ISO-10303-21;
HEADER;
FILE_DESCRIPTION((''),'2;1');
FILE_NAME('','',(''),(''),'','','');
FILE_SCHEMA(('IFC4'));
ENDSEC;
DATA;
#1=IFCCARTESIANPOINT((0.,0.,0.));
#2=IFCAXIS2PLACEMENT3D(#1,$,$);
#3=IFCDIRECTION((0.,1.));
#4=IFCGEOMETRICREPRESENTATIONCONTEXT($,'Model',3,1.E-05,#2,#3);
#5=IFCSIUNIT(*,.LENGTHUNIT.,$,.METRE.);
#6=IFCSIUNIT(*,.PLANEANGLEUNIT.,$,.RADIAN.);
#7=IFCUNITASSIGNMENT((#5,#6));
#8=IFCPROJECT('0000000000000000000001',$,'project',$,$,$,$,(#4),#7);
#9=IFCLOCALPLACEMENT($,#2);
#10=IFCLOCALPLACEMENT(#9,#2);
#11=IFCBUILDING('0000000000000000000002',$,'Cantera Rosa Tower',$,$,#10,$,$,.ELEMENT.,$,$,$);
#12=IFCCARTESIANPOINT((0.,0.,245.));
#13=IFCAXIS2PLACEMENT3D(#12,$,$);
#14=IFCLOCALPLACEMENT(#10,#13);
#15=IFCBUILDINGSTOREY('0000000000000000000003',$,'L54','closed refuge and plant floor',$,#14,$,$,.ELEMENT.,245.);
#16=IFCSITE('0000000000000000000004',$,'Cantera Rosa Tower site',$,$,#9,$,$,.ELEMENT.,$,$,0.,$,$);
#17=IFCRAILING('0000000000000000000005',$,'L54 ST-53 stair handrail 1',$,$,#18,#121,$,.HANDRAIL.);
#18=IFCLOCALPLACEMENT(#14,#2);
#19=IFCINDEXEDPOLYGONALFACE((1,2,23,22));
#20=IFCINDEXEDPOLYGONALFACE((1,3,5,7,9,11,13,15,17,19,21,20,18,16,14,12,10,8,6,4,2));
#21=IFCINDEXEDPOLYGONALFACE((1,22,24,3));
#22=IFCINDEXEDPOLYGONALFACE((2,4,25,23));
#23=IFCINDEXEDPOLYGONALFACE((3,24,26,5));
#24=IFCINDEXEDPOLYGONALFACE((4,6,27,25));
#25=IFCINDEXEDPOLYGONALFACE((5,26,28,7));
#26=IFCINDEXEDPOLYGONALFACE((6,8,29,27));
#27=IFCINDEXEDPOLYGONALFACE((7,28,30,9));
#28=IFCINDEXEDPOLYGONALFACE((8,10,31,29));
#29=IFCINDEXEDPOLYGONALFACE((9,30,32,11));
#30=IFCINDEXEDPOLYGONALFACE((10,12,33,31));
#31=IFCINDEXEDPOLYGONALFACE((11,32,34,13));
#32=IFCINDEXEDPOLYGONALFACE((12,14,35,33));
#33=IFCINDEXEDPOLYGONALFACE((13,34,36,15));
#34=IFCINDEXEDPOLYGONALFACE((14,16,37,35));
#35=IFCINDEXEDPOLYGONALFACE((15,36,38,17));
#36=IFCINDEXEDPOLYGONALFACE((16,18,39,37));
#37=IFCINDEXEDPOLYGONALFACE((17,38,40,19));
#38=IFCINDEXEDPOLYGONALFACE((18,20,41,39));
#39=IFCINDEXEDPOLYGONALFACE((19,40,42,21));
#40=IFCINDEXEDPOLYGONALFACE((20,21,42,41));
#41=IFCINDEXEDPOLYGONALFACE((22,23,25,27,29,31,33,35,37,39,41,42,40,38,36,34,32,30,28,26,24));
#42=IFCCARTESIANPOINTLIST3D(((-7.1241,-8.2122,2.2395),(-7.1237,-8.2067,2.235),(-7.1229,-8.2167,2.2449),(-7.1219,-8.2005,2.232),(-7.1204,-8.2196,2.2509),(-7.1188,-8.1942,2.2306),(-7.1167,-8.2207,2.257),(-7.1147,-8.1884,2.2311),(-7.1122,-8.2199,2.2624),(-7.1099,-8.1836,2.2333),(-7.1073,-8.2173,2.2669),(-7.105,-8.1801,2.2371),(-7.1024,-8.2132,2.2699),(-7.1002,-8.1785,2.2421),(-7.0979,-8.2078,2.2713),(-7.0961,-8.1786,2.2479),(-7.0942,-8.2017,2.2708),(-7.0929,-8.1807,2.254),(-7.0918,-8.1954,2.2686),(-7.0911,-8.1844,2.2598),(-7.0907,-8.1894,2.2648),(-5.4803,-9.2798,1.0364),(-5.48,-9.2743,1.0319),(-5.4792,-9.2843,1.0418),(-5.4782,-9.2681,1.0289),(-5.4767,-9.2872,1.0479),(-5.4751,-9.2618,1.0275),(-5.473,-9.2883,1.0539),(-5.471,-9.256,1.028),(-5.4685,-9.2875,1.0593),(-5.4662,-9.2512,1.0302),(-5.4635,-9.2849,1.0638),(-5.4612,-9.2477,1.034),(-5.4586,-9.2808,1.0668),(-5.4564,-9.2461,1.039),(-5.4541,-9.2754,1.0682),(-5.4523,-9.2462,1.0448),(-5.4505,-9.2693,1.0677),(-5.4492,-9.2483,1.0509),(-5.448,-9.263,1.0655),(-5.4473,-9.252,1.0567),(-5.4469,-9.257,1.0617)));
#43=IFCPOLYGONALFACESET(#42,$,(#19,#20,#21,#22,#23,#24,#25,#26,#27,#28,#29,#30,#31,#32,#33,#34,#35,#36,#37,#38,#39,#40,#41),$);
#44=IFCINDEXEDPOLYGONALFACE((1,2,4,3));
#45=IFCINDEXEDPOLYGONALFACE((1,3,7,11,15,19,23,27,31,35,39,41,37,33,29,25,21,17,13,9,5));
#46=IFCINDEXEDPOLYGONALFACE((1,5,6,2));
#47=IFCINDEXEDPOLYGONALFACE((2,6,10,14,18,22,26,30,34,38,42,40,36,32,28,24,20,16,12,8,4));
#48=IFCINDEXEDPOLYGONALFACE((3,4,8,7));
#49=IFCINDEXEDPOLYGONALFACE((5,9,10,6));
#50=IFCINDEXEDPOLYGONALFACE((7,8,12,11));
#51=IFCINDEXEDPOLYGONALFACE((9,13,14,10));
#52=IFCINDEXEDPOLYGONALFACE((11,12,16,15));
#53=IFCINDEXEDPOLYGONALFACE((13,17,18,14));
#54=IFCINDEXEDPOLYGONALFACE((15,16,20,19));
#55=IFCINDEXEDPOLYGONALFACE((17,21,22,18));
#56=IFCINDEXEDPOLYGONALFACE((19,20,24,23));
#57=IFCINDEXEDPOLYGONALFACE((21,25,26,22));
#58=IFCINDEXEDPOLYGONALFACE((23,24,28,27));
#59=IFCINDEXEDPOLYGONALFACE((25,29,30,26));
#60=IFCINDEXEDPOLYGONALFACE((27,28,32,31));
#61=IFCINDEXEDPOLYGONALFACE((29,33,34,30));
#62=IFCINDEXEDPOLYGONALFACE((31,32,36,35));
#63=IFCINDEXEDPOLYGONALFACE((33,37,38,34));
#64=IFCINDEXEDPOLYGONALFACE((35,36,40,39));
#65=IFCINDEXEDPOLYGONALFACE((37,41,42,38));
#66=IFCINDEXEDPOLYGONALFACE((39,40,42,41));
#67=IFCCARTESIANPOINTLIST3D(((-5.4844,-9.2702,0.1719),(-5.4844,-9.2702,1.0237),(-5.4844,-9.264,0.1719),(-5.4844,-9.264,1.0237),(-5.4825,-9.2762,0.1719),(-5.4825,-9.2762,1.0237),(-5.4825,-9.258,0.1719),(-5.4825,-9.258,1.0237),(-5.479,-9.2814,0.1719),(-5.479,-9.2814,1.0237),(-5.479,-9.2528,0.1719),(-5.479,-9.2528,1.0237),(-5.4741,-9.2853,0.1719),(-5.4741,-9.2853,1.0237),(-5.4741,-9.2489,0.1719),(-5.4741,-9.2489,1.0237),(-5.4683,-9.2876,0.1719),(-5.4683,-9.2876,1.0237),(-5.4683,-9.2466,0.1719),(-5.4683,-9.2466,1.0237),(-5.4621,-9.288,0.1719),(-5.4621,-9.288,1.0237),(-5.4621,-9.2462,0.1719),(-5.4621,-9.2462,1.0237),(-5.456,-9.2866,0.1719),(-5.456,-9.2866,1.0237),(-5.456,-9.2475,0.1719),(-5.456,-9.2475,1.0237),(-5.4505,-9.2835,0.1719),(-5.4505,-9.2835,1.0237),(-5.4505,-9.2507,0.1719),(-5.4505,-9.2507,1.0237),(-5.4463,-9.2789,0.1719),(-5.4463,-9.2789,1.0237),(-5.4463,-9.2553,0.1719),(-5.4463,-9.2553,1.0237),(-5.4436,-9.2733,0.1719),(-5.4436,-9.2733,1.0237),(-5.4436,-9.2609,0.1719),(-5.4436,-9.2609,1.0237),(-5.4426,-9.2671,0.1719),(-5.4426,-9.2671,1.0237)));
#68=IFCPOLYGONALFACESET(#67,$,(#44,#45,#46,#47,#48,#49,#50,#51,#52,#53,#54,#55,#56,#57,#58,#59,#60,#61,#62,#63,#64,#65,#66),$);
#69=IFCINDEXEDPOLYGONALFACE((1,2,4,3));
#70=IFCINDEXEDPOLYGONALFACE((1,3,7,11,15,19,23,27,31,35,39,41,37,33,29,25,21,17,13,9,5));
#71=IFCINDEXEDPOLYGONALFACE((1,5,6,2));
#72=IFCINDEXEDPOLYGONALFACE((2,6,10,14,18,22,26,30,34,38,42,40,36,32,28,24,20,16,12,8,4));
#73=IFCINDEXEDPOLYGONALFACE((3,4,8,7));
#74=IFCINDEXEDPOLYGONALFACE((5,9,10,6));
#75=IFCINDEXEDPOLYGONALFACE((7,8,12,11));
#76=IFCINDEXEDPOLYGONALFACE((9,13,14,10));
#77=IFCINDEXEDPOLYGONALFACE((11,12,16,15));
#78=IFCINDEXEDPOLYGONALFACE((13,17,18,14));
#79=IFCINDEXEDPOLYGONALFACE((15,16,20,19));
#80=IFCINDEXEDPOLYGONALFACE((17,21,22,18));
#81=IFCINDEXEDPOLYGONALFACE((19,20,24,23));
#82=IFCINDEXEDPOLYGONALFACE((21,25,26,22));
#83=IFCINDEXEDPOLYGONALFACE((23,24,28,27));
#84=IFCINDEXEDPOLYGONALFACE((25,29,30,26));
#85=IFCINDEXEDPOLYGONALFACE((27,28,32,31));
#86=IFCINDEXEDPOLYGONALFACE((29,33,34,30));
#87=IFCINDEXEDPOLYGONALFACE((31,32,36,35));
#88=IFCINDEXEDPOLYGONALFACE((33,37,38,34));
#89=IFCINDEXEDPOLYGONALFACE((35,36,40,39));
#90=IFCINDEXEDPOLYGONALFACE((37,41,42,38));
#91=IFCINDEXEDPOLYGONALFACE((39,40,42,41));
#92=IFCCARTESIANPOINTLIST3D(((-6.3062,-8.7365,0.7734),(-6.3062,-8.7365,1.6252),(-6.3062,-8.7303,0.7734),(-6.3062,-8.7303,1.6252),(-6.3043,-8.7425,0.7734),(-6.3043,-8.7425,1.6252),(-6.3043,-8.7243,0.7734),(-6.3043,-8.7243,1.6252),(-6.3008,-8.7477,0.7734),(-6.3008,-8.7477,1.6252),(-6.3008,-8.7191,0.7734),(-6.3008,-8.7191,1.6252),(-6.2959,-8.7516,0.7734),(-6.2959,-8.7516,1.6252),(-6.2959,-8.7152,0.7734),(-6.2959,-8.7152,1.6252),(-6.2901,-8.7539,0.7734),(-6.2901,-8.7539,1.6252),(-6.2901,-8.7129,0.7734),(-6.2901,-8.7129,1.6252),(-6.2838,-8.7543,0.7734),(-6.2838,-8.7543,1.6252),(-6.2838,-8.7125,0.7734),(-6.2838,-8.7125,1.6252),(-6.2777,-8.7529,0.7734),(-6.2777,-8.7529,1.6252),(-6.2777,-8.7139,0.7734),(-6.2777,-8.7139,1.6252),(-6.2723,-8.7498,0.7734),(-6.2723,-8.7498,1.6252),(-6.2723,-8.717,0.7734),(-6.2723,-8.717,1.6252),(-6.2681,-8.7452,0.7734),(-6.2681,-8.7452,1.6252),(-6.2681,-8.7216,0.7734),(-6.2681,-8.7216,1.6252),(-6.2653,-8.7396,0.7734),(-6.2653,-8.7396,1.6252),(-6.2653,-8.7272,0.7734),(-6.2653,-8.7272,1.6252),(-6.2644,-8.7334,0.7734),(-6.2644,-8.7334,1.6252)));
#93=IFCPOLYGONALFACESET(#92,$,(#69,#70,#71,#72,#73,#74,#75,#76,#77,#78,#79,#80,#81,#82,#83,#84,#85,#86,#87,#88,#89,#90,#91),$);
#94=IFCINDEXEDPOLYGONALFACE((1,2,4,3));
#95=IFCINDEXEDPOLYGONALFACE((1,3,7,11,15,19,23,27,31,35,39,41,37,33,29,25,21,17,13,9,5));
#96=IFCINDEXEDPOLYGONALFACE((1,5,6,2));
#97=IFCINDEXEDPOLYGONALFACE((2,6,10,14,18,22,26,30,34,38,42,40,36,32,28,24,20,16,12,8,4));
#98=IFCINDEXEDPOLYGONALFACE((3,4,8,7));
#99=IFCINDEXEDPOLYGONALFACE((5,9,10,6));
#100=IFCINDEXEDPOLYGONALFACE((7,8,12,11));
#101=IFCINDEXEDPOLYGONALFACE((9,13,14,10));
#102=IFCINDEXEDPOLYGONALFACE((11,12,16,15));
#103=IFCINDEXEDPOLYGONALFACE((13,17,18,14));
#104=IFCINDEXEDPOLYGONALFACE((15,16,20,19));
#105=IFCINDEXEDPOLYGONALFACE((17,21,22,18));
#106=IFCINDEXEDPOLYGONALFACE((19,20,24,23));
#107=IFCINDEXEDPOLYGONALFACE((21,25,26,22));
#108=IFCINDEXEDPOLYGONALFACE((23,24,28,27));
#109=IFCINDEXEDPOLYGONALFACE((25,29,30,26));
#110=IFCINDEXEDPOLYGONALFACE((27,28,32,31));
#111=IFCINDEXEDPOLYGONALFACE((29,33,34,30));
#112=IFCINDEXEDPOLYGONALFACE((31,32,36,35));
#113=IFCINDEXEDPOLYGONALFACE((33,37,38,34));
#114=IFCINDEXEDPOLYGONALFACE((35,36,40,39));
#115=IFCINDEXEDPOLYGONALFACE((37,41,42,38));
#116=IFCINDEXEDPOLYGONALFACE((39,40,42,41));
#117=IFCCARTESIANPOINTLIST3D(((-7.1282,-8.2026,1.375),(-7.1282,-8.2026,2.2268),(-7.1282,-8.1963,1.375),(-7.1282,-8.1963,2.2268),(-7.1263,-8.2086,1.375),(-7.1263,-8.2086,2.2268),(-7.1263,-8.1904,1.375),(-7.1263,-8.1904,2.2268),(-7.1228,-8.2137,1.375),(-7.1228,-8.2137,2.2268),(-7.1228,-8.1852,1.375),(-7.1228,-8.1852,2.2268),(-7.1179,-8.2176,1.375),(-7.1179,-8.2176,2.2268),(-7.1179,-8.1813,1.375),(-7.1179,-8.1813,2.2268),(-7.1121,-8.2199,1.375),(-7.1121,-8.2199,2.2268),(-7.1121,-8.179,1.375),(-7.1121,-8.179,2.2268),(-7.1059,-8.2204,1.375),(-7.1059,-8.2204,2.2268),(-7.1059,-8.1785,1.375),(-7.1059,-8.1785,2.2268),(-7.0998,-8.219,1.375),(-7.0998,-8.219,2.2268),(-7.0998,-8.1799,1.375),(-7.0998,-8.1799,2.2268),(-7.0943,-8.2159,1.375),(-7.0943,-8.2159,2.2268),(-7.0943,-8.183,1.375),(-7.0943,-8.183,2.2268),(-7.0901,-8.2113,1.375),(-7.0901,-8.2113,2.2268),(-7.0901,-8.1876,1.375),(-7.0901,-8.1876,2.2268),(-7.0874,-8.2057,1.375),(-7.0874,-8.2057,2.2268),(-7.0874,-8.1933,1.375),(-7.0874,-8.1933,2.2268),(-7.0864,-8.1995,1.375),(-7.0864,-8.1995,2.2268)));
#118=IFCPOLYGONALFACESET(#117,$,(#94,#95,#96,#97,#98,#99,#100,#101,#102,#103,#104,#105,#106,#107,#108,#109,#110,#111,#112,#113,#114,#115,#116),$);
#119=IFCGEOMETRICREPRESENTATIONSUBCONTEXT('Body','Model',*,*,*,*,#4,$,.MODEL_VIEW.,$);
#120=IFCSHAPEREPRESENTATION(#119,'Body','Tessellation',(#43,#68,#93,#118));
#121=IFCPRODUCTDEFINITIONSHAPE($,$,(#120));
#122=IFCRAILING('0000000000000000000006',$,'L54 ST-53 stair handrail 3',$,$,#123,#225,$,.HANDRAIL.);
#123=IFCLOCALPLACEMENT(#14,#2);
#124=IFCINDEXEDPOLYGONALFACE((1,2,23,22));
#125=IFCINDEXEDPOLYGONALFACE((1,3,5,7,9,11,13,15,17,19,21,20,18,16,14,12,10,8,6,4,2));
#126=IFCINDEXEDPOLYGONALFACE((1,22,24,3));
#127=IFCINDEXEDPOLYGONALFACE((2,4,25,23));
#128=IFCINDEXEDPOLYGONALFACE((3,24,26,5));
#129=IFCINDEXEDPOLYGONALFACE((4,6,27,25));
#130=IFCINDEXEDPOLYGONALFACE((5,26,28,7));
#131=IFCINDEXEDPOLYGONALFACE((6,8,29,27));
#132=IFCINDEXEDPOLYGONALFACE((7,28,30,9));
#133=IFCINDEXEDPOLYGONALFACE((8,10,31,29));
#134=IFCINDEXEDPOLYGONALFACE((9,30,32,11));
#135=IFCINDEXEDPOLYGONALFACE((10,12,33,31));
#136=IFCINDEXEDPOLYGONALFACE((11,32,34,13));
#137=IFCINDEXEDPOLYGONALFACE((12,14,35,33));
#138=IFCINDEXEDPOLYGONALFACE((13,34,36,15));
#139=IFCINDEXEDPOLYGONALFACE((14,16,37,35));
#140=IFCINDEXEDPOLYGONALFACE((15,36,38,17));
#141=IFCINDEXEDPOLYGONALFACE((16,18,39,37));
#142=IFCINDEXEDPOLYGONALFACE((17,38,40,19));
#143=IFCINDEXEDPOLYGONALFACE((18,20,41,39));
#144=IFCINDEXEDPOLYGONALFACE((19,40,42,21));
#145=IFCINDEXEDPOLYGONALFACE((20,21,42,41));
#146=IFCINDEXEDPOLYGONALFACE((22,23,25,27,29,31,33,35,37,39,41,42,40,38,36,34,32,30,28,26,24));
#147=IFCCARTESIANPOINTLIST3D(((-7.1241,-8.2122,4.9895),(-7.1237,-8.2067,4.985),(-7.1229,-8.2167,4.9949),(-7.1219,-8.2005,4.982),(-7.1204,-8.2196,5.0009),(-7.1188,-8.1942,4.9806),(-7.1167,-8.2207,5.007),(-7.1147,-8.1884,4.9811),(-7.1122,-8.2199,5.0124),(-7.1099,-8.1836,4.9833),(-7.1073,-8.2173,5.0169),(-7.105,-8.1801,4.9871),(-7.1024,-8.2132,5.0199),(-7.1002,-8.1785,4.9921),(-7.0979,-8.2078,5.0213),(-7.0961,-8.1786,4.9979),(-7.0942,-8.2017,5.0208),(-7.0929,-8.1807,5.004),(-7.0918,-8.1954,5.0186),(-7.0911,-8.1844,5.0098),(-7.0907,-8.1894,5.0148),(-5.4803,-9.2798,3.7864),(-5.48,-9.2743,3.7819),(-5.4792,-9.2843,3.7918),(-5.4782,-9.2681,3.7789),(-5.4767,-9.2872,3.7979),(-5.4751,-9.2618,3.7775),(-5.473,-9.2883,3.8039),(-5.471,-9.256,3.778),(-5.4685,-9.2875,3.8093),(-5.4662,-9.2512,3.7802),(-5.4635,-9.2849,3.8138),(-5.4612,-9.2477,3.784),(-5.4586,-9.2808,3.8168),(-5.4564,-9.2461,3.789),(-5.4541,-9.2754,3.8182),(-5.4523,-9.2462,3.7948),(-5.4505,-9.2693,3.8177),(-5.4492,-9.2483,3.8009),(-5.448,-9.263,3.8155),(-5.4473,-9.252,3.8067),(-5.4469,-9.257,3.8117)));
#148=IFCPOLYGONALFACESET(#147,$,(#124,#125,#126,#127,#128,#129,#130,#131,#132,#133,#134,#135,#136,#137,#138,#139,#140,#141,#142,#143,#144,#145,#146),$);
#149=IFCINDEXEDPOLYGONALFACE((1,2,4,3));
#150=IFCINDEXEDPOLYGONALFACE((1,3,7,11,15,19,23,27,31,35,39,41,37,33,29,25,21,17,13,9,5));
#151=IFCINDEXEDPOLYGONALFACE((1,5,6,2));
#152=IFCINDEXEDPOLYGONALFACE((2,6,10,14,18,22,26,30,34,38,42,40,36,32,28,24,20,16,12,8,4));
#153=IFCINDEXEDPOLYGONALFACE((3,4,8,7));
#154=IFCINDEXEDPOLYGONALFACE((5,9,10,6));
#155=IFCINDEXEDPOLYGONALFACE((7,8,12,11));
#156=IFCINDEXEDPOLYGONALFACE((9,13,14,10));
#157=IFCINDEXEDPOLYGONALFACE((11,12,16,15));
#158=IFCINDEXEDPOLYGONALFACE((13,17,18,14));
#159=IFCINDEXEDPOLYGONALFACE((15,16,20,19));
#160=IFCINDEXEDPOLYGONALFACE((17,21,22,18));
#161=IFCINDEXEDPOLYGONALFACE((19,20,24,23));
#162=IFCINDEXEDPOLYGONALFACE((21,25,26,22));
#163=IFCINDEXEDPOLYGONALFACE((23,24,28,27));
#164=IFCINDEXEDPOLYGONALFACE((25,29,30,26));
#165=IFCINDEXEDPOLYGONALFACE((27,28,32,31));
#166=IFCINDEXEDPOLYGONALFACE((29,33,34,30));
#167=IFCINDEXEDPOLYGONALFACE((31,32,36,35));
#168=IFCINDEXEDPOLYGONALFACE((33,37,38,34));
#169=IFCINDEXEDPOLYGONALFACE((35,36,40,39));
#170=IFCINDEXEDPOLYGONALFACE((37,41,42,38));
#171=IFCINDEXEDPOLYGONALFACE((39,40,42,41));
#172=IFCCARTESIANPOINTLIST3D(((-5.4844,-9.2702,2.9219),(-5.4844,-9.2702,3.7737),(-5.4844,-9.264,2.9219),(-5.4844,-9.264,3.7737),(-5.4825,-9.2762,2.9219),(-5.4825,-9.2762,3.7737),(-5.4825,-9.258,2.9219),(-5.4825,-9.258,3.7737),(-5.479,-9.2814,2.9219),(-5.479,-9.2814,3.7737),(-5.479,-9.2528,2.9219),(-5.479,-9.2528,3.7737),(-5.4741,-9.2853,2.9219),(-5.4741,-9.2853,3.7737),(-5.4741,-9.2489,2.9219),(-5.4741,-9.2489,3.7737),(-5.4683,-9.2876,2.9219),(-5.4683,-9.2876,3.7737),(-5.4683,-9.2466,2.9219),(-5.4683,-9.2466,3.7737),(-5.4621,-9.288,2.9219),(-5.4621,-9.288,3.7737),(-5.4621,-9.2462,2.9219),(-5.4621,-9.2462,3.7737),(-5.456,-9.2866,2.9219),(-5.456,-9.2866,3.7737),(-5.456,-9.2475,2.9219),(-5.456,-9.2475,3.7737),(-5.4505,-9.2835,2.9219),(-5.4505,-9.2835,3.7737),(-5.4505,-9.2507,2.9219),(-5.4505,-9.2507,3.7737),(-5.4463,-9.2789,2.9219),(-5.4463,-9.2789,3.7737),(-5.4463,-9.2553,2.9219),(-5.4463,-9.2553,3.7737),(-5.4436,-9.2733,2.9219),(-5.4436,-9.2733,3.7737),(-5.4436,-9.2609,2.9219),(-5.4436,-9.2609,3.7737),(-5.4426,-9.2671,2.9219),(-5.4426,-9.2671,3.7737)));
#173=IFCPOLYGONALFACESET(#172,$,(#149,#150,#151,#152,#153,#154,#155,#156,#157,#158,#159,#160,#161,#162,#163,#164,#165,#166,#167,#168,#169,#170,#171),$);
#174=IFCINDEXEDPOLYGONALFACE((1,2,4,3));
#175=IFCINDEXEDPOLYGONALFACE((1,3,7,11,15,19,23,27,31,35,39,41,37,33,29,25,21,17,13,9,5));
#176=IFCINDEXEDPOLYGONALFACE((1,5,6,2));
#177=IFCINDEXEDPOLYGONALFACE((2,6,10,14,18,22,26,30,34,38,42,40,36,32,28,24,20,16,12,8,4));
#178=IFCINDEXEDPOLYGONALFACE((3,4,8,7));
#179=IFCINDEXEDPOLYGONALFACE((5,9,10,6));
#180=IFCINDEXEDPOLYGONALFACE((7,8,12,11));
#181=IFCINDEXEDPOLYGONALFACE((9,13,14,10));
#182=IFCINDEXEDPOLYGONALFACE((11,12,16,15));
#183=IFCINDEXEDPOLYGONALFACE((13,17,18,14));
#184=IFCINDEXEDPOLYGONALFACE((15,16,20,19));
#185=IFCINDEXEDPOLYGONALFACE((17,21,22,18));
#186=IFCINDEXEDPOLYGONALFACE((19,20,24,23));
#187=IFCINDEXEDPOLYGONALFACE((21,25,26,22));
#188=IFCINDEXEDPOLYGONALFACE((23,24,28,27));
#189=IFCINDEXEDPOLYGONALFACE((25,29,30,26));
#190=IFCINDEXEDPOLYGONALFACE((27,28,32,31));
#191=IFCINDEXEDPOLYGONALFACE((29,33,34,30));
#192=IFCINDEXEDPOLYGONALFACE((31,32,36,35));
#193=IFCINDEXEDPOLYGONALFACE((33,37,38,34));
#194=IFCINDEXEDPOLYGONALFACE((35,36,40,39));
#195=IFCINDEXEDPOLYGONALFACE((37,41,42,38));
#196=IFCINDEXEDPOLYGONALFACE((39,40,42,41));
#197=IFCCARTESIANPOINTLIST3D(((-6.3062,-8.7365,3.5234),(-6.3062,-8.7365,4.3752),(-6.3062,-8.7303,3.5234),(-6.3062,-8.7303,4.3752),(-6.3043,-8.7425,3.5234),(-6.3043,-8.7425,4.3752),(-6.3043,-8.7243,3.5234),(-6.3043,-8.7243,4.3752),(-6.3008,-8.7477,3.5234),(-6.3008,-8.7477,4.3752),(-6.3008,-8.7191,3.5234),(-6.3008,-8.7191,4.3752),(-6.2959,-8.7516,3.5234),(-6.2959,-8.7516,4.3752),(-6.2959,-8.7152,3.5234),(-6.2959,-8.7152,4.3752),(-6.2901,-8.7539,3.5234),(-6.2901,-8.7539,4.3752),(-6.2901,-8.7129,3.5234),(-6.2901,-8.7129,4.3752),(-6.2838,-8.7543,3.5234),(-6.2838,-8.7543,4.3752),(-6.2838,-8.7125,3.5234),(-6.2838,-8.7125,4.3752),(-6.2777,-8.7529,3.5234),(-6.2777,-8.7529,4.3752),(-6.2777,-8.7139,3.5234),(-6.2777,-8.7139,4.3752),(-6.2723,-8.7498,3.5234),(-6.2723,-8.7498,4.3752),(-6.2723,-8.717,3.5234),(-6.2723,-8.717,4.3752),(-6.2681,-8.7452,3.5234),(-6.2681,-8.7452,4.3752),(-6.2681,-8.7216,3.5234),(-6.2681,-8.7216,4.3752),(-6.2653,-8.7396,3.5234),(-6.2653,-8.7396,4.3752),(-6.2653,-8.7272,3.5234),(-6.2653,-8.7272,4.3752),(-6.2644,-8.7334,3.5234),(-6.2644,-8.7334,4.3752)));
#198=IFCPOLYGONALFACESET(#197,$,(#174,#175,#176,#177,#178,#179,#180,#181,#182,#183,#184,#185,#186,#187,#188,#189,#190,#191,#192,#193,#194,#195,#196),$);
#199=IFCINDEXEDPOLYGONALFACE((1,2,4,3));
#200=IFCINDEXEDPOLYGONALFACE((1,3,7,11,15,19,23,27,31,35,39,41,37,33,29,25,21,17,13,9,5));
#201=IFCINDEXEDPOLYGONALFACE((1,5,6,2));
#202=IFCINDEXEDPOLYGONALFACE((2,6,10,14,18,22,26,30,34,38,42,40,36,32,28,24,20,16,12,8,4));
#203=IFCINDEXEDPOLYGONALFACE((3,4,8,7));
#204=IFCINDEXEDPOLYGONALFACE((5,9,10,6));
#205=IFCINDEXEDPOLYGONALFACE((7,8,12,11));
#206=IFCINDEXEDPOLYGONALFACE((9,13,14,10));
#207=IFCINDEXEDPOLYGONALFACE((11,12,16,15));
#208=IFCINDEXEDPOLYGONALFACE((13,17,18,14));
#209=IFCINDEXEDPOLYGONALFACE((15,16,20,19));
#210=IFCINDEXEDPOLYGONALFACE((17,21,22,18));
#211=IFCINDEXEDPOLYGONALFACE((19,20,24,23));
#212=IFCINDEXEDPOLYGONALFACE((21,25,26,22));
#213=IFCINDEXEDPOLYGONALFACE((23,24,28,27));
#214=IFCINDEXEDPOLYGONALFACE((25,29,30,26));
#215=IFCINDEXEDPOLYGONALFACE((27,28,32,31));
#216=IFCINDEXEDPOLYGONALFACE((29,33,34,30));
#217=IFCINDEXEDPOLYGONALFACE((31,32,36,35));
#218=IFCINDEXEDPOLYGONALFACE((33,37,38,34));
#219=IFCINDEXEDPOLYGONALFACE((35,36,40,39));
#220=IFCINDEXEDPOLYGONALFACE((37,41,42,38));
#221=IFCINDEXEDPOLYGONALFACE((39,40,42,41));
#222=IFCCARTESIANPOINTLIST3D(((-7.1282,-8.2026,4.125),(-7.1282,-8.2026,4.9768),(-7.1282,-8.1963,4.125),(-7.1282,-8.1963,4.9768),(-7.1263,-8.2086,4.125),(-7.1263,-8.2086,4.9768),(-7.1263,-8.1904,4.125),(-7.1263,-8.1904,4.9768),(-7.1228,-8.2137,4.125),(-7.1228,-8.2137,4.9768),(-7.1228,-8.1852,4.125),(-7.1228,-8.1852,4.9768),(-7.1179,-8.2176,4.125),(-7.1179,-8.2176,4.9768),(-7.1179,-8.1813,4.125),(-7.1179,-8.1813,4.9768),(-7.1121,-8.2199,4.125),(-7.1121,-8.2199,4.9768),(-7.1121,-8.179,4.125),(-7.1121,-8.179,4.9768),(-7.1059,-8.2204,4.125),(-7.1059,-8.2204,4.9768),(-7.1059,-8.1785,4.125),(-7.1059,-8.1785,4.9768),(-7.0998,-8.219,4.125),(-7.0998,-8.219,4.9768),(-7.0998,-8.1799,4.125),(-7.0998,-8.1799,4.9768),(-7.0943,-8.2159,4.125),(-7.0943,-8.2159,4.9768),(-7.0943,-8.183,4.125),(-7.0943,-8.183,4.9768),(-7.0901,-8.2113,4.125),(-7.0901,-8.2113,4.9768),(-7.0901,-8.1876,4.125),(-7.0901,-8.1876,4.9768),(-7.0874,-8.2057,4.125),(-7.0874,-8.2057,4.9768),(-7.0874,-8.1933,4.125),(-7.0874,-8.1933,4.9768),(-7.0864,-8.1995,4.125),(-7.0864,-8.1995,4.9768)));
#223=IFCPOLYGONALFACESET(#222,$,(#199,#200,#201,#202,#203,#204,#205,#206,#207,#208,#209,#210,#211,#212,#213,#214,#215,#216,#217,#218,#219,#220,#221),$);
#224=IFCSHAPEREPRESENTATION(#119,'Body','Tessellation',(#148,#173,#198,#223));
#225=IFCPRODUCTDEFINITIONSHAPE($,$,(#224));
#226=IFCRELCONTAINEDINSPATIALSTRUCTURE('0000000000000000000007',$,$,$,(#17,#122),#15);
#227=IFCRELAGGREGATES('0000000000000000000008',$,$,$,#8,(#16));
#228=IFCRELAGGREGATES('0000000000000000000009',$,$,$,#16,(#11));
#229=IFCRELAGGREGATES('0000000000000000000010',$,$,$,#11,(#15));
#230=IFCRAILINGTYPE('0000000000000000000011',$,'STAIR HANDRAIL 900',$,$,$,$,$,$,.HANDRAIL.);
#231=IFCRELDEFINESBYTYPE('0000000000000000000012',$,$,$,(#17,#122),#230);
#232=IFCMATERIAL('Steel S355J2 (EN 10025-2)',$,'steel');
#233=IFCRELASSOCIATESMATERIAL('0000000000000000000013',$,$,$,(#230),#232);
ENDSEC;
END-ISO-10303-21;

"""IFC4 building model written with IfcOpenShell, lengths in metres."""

from ifc_helpers import new_model, si_unit, direction, frame, origin, origin_2d, place, context, subcontext, project, spatial, circle, extrude, material, type_object, element, save


model = new_model("IFC4")

# Units and contexts
model_context = context("Model", 3, precision=1e-05, world=origin(), true_north=direction((0.0, 1.0)))
body_context = subcontext(model_context, "Body", "Model", "MODEL_VIEW")
ifc_project = project(units=[si_unit("LENGTHUNIT", "METRE"), si_unit("PLANEANGLEUNIT", "RADIAN")], contexts=[model_context])

# Site, building, storey
site_placement = place(None, origin())
site = spatial("IfcSite", under=ifc_project, at=site_placement, Name="Cantera Rosa Tower site", CompositionType="ELEMENT", RefElevation=0.0)
building_placement = place(site_placement, origin())
building = spatial("IfcBuilding", under=site, at=building_placement, Name="Cantera Rosa Tower", CompositionType="ELEMENT")
storey_placement = place(building_placement, frame((0.0, 0.0, 245.0)))
storey = spatial("IfcBuildingStorey", under=building, at=storey_placement, Name="L54", Description="closed refuge and plant floor", CompositionType="ELEMENT", Elevation=245.0)

# Railings
ifc_material_1 = material(Name="Steel S355J2 (EN 10025-2)", Category="steel")
railing_type_1 = type_object("IfcRailingType", Name="STAIR HANDRAIL 900", PredefinedType="HANDRAIL", material=ifc_material_1)
for number, where, name in (
    (1, (-5.4636, -9.2671, 0.1719), "L54 ST-53 stair handrail 1"),
    (2, (-5.4636, -9.2671, 2.9219), "L54 ST-53 stair handrail 3"),
):
    element("IfcRailing", number, at=place(storey_placement, frame(where)), inside=storey, type_object=railing_type_1, Name=name, PredefinedType="HANDRAIL", context=body_context, shape_type="SweptSolid", body=[
        extrude(circle(Radius=0.0239, at=origin_2d()), frame((0.0, 0.0, 0.876), z_axis=(-0.714735, 0.464211, 0.523127), x_axis=(-0.544686, -0.83864, 0.0)), (0.0, 0.0, 1.0), 2.2998),
        extrude(circle(Radius=0.021, at=origin_2d()), origin(), (0.0, 0.0, 1.0), 0.8518),
        extrude(circle(Radius=0.021, at=origin_2d()), frame((-0.8218, 0.5337, 0.6016)), (0.0, 0.0, 1.0), 0.8518),
        extrude(circle(Radius=0.021, at=origin_2d()), frame((-1.6438, 1.0676, 1.2031)), (0.0, 0.0, 1.0), 0.8518),
    ])

save(model, "model.ifc")
